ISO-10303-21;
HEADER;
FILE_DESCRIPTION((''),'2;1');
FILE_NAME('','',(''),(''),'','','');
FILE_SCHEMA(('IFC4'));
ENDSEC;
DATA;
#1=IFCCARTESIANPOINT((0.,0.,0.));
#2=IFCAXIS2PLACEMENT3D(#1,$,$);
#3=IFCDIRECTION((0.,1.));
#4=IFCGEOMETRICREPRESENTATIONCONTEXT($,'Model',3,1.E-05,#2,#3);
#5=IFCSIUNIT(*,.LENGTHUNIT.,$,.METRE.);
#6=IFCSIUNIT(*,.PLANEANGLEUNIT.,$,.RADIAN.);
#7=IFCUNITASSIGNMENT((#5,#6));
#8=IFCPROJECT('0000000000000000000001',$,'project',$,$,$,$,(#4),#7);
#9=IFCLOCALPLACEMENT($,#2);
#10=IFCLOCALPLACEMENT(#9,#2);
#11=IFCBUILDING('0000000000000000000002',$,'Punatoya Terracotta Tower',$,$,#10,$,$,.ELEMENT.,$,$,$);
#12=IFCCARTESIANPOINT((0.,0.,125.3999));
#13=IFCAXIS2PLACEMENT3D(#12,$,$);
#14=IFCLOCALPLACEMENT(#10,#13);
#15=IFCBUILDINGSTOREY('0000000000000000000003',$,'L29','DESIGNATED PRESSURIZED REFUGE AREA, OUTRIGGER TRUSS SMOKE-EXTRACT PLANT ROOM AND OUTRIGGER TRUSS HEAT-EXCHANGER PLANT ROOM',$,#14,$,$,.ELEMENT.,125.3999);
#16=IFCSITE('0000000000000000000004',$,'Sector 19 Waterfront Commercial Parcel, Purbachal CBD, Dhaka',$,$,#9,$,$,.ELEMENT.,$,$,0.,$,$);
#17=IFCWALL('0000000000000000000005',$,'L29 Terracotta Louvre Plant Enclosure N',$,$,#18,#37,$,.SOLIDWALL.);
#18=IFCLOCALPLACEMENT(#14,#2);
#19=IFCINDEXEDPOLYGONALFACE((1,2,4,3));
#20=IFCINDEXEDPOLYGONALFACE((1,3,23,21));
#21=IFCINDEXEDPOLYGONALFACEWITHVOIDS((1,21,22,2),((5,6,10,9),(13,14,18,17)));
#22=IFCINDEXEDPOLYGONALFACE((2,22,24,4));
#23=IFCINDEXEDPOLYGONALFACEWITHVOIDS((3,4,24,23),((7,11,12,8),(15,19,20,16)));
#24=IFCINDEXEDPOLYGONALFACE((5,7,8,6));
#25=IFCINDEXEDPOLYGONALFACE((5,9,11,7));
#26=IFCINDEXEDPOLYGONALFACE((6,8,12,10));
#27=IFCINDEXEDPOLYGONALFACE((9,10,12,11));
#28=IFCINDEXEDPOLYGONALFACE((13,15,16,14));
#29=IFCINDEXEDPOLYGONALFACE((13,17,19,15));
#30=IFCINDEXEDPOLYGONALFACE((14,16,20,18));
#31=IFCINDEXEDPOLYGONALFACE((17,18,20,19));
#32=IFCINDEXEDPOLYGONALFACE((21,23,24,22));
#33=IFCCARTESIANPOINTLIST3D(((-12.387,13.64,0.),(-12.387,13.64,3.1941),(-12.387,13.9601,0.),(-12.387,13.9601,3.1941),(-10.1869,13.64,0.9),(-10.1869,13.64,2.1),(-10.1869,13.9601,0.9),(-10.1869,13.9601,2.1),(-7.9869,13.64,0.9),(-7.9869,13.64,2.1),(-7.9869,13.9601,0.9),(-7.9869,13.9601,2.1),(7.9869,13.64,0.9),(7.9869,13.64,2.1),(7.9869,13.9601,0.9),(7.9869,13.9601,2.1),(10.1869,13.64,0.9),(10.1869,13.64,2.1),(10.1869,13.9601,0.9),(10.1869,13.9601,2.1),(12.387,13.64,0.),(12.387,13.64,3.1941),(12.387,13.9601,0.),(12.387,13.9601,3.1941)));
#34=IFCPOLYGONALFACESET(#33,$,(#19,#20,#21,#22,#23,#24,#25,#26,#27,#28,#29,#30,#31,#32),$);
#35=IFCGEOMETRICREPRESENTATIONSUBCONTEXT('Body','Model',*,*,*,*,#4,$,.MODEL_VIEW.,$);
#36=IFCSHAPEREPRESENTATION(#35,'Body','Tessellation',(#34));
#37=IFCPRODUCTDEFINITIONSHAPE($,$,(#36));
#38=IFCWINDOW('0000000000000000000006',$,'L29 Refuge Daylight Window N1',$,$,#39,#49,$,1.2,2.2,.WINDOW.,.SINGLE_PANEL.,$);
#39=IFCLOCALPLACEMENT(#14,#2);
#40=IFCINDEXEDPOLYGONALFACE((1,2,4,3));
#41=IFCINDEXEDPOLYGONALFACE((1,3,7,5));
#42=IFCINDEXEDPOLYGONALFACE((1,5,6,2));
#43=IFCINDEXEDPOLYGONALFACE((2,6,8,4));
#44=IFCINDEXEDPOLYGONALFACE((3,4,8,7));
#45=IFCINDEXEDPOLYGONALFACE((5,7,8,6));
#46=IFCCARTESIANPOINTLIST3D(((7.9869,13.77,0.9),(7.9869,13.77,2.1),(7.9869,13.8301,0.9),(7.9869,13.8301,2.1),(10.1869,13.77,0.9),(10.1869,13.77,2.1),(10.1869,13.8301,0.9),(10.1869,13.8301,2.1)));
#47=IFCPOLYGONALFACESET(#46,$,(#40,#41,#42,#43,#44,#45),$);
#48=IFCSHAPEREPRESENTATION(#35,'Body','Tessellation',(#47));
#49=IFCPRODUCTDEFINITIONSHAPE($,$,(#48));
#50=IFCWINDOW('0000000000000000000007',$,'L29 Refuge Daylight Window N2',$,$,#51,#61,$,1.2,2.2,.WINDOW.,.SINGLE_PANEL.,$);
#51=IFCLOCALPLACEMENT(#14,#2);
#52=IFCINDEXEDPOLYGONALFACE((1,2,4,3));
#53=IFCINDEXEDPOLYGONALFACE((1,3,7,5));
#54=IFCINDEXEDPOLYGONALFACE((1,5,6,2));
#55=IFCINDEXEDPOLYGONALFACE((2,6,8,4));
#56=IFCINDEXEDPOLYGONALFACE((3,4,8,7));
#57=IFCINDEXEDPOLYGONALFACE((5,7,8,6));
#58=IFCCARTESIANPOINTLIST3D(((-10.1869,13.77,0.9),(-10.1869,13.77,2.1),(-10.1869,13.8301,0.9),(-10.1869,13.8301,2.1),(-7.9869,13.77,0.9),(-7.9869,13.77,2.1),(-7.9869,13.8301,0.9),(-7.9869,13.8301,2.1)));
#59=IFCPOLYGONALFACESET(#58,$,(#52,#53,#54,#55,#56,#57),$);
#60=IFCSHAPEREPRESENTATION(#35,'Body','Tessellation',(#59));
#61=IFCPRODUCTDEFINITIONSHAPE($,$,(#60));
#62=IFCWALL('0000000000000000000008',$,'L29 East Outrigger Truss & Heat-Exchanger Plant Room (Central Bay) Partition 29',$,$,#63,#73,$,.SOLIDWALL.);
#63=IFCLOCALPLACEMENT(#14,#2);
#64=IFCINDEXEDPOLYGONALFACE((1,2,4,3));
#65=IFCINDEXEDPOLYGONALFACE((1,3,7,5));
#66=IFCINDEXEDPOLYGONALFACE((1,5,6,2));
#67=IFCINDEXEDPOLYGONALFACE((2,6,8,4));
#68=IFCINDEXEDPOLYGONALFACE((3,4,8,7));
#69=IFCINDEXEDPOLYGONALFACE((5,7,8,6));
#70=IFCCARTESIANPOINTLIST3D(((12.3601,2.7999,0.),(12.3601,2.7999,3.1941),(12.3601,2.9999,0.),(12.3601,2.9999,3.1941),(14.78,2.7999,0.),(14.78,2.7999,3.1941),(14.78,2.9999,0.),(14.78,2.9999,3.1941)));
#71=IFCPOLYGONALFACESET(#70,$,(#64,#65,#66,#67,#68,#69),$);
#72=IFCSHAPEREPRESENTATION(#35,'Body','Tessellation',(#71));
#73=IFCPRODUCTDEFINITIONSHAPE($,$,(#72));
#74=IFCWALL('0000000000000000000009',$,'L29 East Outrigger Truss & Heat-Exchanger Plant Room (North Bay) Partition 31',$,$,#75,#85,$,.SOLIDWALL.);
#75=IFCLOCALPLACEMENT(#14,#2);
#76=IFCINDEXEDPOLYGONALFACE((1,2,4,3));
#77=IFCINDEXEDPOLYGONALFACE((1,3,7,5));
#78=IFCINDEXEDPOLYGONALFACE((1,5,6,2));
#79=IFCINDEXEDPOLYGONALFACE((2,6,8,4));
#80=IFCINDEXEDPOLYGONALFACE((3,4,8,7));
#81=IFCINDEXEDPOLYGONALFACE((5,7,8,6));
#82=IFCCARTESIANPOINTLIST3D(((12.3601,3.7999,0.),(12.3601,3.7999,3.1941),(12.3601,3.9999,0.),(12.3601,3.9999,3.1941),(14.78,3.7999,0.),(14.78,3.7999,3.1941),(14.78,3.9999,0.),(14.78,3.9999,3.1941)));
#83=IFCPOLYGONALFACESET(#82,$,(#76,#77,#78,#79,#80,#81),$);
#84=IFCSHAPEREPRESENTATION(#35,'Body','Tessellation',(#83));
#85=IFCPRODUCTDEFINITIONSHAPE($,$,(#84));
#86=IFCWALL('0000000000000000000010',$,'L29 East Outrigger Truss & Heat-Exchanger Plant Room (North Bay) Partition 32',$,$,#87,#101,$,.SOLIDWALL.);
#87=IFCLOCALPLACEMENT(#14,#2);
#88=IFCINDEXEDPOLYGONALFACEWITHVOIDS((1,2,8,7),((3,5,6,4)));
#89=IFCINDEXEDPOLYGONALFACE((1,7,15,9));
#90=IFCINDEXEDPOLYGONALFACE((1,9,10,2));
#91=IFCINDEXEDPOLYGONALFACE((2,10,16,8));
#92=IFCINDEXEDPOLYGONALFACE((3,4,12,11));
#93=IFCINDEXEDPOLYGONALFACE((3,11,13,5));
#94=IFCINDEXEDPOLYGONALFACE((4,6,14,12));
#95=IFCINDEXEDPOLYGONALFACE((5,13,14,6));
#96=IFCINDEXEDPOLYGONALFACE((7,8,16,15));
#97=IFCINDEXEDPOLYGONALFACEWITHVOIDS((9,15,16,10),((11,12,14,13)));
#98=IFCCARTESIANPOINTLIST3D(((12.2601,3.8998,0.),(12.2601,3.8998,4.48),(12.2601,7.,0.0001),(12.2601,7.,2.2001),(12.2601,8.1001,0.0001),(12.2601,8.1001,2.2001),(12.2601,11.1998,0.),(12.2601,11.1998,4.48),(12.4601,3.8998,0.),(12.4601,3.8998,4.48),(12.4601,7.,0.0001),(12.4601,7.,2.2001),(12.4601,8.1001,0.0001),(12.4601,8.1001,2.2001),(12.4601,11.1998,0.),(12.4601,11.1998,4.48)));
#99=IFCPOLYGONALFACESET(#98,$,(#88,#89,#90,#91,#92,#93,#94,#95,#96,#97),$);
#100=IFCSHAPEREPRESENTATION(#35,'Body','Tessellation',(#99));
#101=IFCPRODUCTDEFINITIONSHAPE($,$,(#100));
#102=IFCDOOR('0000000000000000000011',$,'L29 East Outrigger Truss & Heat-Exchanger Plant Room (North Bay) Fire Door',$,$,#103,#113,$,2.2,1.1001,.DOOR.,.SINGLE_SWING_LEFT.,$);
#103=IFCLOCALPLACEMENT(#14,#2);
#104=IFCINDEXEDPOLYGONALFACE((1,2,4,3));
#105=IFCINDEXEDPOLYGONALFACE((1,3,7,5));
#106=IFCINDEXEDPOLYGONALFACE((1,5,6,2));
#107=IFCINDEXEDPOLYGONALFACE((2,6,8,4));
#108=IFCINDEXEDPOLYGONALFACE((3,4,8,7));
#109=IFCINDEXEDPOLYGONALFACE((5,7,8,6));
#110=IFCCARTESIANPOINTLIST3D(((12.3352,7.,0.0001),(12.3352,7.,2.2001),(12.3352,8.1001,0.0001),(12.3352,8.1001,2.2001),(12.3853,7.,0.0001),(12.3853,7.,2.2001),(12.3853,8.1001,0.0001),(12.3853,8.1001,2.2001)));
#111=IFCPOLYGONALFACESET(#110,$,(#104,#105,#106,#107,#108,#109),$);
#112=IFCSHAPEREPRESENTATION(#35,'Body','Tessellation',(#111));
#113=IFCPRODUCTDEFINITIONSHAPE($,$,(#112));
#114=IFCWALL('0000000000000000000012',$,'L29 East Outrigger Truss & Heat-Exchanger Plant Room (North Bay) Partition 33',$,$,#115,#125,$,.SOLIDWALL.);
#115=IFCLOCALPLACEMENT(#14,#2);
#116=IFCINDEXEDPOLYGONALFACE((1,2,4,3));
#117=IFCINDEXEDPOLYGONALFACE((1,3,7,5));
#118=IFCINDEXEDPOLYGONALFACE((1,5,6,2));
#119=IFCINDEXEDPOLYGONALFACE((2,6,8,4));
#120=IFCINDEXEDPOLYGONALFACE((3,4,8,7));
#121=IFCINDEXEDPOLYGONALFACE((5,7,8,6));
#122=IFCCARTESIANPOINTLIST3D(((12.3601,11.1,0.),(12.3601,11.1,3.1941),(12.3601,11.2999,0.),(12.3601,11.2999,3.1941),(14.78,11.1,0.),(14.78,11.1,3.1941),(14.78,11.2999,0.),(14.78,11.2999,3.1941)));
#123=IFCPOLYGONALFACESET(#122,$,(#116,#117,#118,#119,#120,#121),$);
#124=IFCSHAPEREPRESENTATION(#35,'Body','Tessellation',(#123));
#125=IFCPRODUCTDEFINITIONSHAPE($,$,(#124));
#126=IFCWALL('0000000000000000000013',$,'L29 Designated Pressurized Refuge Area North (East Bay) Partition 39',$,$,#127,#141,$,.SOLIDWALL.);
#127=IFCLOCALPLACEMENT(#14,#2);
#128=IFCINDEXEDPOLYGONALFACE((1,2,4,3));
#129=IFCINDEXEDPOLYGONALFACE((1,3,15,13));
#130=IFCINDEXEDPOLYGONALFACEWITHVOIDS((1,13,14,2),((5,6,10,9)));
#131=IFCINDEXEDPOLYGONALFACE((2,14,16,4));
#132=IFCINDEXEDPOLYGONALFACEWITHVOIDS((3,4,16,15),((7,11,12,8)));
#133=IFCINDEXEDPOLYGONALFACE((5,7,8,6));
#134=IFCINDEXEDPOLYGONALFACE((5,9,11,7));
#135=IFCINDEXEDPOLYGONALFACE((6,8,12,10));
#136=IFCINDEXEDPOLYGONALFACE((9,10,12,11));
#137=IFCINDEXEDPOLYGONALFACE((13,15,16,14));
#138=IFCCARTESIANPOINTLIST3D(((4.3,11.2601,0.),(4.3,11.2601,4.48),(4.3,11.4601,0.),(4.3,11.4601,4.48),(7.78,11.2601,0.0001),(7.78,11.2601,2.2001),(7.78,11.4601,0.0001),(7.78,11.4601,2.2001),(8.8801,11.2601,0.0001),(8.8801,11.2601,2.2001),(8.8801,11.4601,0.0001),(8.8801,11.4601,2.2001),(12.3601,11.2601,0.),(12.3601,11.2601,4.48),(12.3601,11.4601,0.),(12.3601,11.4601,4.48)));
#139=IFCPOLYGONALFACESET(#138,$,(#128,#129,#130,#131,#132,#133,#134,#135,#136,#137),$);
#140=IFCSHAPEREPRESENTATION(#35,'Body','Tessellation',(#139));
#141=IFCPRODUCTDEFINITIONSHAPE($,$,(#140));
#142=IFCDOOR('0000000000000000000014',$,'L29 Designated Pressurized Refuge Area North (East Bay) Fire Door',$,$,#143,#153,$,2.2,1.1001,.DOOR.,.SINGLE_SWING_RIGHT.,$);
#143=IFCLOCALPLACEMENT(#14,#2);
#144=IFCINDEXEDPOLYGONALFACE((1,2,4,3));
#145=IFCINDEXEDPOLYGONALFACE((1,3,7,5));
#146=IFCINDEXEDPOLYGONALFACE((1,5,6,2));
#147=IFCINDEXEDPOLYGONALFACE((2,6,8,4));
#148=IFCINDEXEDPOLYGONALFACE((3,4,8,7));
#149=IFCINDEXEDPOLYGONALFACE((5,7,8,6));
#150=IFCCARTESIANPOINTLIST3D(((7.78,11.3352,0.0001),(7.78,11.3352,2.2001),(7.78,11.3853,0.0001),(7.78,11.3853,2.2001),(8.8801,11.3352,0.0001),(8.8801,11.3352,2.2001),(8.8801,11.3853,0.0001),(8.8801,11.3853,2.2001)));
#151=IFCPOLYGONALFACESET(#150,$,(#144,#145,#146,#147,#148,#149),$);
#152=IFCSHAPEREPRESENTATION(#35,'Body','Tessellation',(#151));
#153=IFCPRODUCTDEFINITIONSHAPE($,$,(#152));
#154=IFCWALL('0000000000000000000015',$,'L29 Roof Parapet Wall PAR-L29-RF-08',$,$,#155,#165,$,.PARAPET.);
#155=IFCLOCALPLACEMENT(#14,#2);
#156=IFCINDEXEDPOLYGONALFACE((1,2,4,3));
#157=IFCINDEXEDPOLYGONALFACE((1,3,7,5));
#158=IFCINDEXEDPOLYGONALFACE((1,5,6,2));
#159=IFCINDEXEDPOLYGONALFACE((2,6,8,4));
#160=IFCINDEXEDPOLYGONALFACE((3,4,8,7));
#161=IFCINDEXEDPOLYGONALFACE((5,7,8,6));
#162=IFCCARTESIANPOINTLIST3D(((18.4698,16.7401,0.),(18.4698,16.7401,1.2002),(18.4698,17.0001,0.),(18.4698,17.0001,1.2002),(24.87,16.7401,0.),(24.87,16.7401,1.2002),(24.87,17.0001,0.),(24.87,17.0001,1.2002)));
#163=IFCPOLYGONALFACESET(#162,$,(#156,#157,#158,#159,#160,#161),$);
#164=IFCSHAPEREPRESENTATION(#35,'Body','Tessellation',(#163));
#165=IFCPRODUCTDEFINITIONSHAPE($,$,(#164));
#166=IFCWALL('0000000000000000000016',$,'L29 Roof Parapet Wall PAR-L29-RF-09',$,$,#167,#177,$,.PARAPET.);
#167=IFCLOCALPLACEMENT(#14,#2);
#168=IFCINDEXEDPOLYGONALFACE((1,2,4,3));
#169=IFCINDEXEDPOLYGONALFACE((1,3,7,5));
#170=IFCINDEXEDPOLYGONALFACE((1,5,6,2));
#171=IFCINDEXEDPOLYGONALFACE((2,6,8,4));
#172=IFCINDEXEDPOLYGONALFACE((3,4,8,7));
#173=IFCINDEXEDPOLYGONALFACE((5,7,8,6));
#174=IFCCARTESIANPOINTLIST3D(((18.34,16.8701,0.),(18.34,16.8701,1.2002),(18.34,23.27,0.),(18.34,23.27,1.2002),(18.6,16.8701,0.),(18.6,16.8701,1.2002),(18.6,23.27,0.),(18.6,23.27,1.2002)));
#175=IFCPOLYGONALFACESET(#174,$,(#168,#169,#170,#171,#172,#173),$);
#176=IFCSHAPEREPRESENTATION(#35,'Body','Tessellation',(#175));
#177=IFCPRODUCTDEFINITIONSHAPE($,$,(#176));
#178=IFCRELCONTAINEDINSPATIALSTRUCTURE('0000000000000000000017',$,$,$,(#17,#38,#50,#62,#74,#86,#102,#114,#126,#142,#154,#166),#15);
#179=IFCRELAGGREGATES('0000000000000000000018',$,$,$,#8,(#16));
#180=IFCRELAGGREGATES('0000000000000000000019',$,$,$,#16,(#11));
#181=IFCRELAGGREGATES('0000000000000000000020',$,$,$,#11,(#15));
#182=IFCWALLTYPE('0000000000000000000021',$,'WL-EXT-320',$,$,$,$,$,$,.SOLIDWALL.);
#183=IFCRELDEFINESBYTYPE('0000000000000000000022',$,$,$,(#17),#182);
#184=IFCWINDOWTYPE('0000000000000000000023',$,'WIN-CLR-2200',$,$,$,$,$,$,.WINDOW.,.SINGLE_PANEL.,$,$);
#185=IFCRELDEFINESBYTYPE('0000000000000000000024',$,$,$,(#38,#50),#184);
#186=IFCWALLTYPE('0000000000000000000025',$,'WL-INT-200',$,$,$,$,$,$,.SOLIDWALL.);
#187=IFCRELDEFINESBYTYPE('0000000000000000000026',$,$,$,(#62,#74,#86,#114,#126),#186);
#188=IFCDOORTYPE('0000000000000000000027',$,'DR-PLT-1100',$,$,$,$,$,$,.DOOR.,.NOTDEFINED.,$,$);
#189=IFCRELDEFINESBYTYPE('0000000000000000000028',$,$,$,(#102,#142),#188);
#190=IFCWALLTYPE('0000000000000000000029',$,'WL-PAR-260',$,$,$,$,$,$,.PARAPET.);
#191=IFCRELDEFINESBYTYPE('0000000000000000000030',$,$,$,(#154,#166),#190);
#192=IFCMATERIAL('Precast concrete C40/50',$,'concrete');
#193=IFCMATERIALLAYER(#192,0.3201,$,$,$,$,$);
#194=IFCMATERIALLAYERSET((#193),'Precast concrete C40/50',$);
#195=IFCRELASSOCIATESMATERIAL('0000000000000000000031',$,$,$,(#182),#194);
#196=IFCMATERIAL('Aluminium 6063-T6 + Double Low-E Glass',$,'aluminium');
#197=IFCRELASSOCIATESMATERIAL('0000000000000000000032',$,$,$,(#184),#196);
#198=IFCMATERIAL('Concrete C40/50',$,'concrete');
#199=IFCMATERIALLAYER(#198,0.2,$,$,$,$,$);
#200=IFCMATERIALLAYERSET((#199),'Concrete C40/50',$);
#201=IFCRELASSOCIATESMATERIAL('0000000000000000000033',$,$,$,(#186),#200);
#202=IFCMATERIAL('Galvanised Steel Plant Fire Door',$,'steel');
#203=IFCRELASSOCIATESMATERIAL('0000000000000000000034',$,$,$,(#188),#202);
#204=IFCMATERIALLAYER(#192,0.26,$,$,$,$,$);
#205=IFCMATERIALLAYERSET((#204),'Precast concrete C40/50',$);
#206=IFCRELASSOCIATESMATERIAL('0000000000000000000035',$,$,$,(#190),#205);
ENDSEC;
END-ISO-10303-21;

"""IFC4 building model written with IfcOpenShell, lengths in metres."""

from ifc_helpers import new_model, si_unit, direction, frame, frame_2d, origin, place, context, subcontext, project, spatial, rectangle, extrude, material, layer, layer_set, type_object, element, fill, save


model = new_model("IFC4")

# Units and contexts
model_context = context("Model", 3, precision=1e-05, world=origin(), true_north=direction((0.0, 1.0)))
body_context = subcontext(model_context, "Body", "Model", "MODEL_VIEW")
ifc_project = project(units=[si_unit("LENGTHUNIT", "METRE"), si_unit("PLANEANGLEUNIT", "RADIAN")], contexts=[model_context])

# Site, building, storey
site_placement = place(None, origin())
site = spatial("IfcSite", under=ifc_project, at=site_placement, Name="Sector 19 Waterfront Commercial Parcel, Purbachal CBD, Dhaka", CompositionType="ELEMENT", RefElevation=0.0)
building_placement = place(site_placement, origin())
building = spatial("IfcBuilding", under=site, at=building_placement, Name="Punatoya Terracotta Tower", CompositionType="ELEMENT")
storey_placement = place(building_placement, frame((0.0, 0.0, 125.3999)))
storey = spatial("IfcBuildingStorey", under=building, at=storey_placement, Name="L29", Description="DESIGNATED PRESSURIZED REFUGE AREA, OUTRIGGER TRUSS SMOKE-EXTRACT PLANT ROOM AND OUTRIGGER TRUSS HEAT-EXCHANGER PLANT ROOM", CompositionType="ELEMENT", Elevation=125.3999)

# Shared definitions
ifc_material_1 = material(Name="Precast concrete C40/50", Category="concrete")
ifc_layer_1 = layer(ifc_material_1, 0.3201)
ifc_layer_set_1 = layer_set([ifc_layer_1], Name="Precast concrete C40/50")
wall_type_1 = type_object("IfcWallType", Name="WL-EXT-320", PredefinedType="SOLIDWALL", material=ifc_layer_set_1)

# Wall, openings, windows
wall_1_placement = place(storey_placement, frame((12.387, 13.8, 0.0), z_axis=(0.0, 0.0, 1.0), x_axis=(-1.0, 0.0, 0.0)))
wall_1 = element("IfcWall", 1, at=wall_1_placement, inside=storey, type_object=wall_type_1, Name="L29 Terracotta Louvre Plant Enclosure N", PredefinedType="SOLIDWALL", context=body_context, shape_type="SweptSolid", body=[
    extrude(rectangle(XDim=24.7739, YDim=0.3201, at=frame_2d((12.387, 0.0))), origin(), (0.0, 0.0, 1.0), 3.1941),
])
opening_1_placement = place(wall_1_placement, frame((2.2, 0.0, 0.8999)))
opening_1 = element("IfcOpeningElement", 2, at=opening_1_placement, cuts=wall_1, PredefinedType="OPENING", context=body_context, shape_type="SweptSolid", body=[
    extrude(rectangle(XDim=2.2, YDim=1.2, at=frame_2d((1.1001, 0.6001))), frame((0.0, 0.1699, 0.0), z_axis=(0.0, -1.0, 0.0), x_axis=(1.0, 0.0, 0.0)), (0.0, 0.0, 1.0), 0.3401),
])
opening_2_placement = place(wall_1_placement, frame((20.3738, 0.0, 0.8999)))
opening_2 = element("IfcOpeningElement", 3, at=opening_2_placement, cuts=wall_1, PredefinedType="OPENING", context=body_context, shape_type="SweptSolid", body=[
    extrude(rectangle(XDim=2.2, YDim=1.2, at=frame_2d((1.1001, 0.6001))), frame((0.0, 0.1699, 0.0), z_axis=(0.0, -1.0, 0.0), x_axis=(1.0, 0.0, 0.0)), (0.0, 0.0, 1.0), 0.3401),
])
ifc_material_2 = material(Name="Aluminium 6063-T6 + Double Low-E Glass", Category="aluminium")
window_type = type_object("IfcWindowType", Name="WIN-CLR-2200", PartitioningType="SINGLE_PANEL", PredefinedType="WINDOW", material=ifc_material_2)
window_1_placement = place(opening_1_placement, origin())
window_1 = element("IfcWindow", 4, at=window_1_placement, inside=storey, type_object=window_type, Name="L29 Refuge Daylight Window N1", OverallHeight=1.2, OverallWidth=2.2, PartitioningType="SINGLE_PANEL", PredefinedType="WINDOW", context=body_context, shape_type="SweptSolid", body=[
    extrude(rectangle(XDim=2.2, YDim=1.2, at=frame_2d((1.1001, 0.6001))), frame((0.0, 0.03, 0.0), z_axis=(0.0, -1.0, 0.0), x_axis=(1.0, 0.0, 0.0)), (0.0, 0.0, 1.0), 0.0601),
])
fill(opening_1, window_1)
window_2_placement = place(opening_2_placement, origin())
window_2 = element("IfcWindow", 5, at=window_2_placement, inside=storey, type_object=window_type, Name="L29 Refuge Daylight Window N2", OverallHeight=1.2, OverallWidth=2.2, PartitioningType="SINGLE_PANEL", PredefinedType="WINDOW", context=body_context, shape_type="SweptSolid", body=[
    extrude(rectangle(XDim=2.2, YDim=1.2, at=frame_2d((1.1001, 0.6001))), frame((0.0, 0.03, 0.0), z_axis=(0.0, -1.0, 0.0), x_axis=(1.0, 0.0, 0.0)), (0.0, 0.0, 1.0), 0.0601),
])
fill(opening_2, window_2)

# Walls
ifc_material_3 = material(Name="Concrete C40/50", Category="concrete")
ifc_layer_2 = layer(ifc_material_3, 0.2)
ifc_layer_set_2 = layer_set([ifc_layer_2], Name="Concrete C40/50")
wall_type_2 = type_object("IfcWallType", Name="WL-INT-200", PredefinedType="SOLIDWALL", material=ifc_layer_set_2)
for number, where, z_axis, x_axis, name in (
    (6, (12.3601, 2.8999, 0.0), (0.0, 0.0, 1.0), (1.0, 0.0, 0.0), "L29 East Outrigger Truss & Heat-Exchanger Plant Room (Central Bay) Partition 29"),
    (7, (14.78, 3.8999, 0.0), (0.0, 0.0, 1.0), (-1.0, 0.0, 0.0), "L29 East Outrigger Truss & Heat-Exchanger Plant Room (North Bay) Partition 31"),
):
    element("IfcWall", number, at=place(storey_placement, frame(where, z_axis=z_axis, x_axis=x_axis)), inside=storey, type_object=wall_type_2, Name=name, PredefinedType="SOLIDWALL", context=body_context, shape_type="SweptSolid", body=[
        extrude(rectangle(XDim=2.4199, YDim=0.2, at=frame_2d((1.21, 0.0))), origin(), (0.0, 0.0, 1.0), 3.1941),
    ])

# Wall, opening, door
wall_2_placement = place(storey_placement, frame((12.3601, 3.8999, 0.0), z_axis=(0.0, 0.0, 1.0), x_axis=(0.0, 1.0, 0.0)))
wall_2 = element("IfcWall", 8, at=wall_2_placement, inside=storey, type_object=wall_type_2, Name="L29 East Outrigger Truss & Heat-Exchanger Plant Room (North Bay) Partition 32", PredefinedType="SOLIDWALL", context=body_context, shape_type="SweptSolid", body=[
    extrude(rectangle(XDim=7.3, YDim=0.2, at=frame_2d((3.6499, 0.0))), origin(), (0.0, 0.0, 1.0), 4.48),
])
opening_3_placement = place(wall_2_placement, frame((3.1001, 0.0, 0.0)))
opening_3 = element("IfcOpeningElement", 9, at=opening_3_placement, cuts=wall_2, PredefinedType="OPENING", context=body_context, shape_type="SweptSolid", body=[
    extrude(rectangle(XDim=1.1001, YDim=2.2, at=frame_2d((0.55, 1.1001))), frame((0.0, 0.1099, 0.0), z_axis=(0.0, -1.0, 0.0), x_axis=(1.0, 0.0, 0.0)), (0.0, 0.0, 1.0), 0.22),
])
ifc_material_4 = material(Name="Galvanised Steel Plant Fire Door", Category="steel")
door_type_1 = type_object("IfcDoorType", Name="DR-PLT-1100", OperationType="NOTDEFINED", PredefinedType="DOOR", material=ifc_material_4)
door_1_placement = place(opening_3_placement, origin())
door_1 = element("IfcDoor", 10, at=door_1_placement, inside=storey, type_object=door_type_1, Name="L29 East Outrigger Truss & Heat-Exchanger Plant Room (North Bay) Fire Door", OperationType="SINGLE_SWING_LEFT", OverallHeight=2.2, OverallWidth=1.1001, PredefinedType="DOOR", context=body_context, shape_type="SweptSolid", body=[
    extrude(rectangle(XDim=1.1001, YDim=2.2, at=frame_2d((0.55, 1.1001))), frame((0.0, 0.0249, 0.0), z_axis=(0.0, -1.0, 0.0), x_axis=(1.0, 0.0, 0.0)), (0.0, 0.0, 1.0), 0.05),
])
fill(opening_3, door_1)

# Wall
wall_3_placement = place(storey_placement, frame((12.3601, 11.2, 0.0), z_axis=(0.0, 0.0, 1.0), x_axis=(1.0, 0.0, 0.0)))
element("IfcWall", 11, at=wall_3_placement, inside=storey, type_object=wall_type_2, Name="L29 East Outrigger Truss & Heat-Exchanger Plant Room (North Bay) Partition 33", PredefinedType="SOLIDWALL", context=body_context, shape_type="SweptSolid", body=[
    extrude(rectangle(XDim=2.4199, YDim=0.2, at=frame_2d((1.21, 0.0))), origin(), (0.0, 0.0, 1.0), 3.1941),
])

# Wall, opening, door
wall_4_placement = place(storey_placement, frame((12.3601, 11.3601, 0.0), z_axis=(0.0, 0.0, 1.0), x_axis=(-1.0, 0.0, 0.0)))
wall_4 = element("IfcWall", 12, at=wall_4_placement, inside=storey, type_object=wall_type_2, Name="L29 Designated Pressurized Refuge Area North (East Bay) Partition 39", PredefinedType="SOLIDWALL", context=body_context, shape_type="SweptSolid", body=[
    extrude(rectangle(XDim=8.0601, YDim=0.2, at=frame_2d((4.03, 0.0))), origin(), (0.0, 0.0, 1.0), 4.48),
])
opening_4_placement = place(wall_4_placement, frame((3.48, 0.0, 0.0)))
opening_4 = element("IfcOpeningElement", 13, at=opening_4_placement, cuts=wall_4, PredefinedType="OPENING", context=body_context, shape_type="SweptSolid", body=[
    extrude(rectangle(XDim=1.1001, YDim=2.2, at=frame_2d((0.55, 1.1001))), frame((0.0, 0.1099, 0.0), z_axis=(0.0, -1.0, 0.0), x_axis=(1.0, 0.0, 0.0)), (0.0, 0.0, 1.0), 0.22),
])
door_2_placement = place(opening_4_placement, origin())
door_2 = element("IfcDoor", 14, at=door_2_placement, inside=storey, type_object=door_type_1, Name="L29 Designated Pressurized Refuge Area North (East Bay) Fire Door", OperationType="SINGLE_SWING_RIGHT", OverallHeight=2.2, OverallWidth=1.1001, PredefinedType="DOOR", context=body_context, shape_type="SweptSolid", body=[
    extrude(rectangle(XDim=1.1001, YDim=2.2, at=frame_2d((0.55, 1.1001))), frame((0.0, 0.0249, 0.0), z_axis=(0.0, -1.0, 0.0), x_axis=(1.0, 0.0, 0.0)), (0.0, 0.0, 1.0), 0.05),
])
fill(opening_4, door_2)

# Walls
ifc_layer_3 = layer(ifc_material_1, 0.26)
ifc_layer_set_3 = layer_set([ifc_layer_3], Name="Precast concrete C40/50")
wall_type_3 = type_object("IfcWallType", Name="WL-PAR-260", PredefinedType="PARAPET", material=ifc_layer_set_3)
wall_5_placement = place(storey_placement, frame((24.8701, 16.8701, 0.0), z_axis=(0.0, 0.0, 1.0), x_axis=(-1.0, 0.0, 0.0)))
element("IfcWall", 15, at=wall_5_placement, inside=storey, type_object=wall_type_3, Name="L29 Roof Parapet Wall PAR-L29-RF-08", PredefinedType="PARAPET", context=body_context, shape_type="SweptSolid", body=[
    extrude(rectangle(XDim=6.4001, YDim=0.26, at=frame_2d((3.2002, 0.0))), origin(), (0.0, 0.0, 1.0), 1.2002),
])
wall_6_placement = place(storey_placement, frame((18.47, 16.8701, 0.0), z_axis=(0.0, 0.0, 1.0), x_axis=(0.0, 1.0, 0.0)))
element("IfcWall", 16, at=wall_6_placement, inside=storey, type_object=wall_type_3, Name="L29 Roof Parapet Wall PAR-L29-RF-09", PredefinedType="PARAPET", context=body_context, shape_type="SweptSolid", body=[
    extrude(rectangle(XDim=6.3999, YDim=0.26, at=frame_2d((3.2, 0.0))), origin(), (0.0, 0.0, 1.0), 1.2002),
])

save(model, "model.ifc")
